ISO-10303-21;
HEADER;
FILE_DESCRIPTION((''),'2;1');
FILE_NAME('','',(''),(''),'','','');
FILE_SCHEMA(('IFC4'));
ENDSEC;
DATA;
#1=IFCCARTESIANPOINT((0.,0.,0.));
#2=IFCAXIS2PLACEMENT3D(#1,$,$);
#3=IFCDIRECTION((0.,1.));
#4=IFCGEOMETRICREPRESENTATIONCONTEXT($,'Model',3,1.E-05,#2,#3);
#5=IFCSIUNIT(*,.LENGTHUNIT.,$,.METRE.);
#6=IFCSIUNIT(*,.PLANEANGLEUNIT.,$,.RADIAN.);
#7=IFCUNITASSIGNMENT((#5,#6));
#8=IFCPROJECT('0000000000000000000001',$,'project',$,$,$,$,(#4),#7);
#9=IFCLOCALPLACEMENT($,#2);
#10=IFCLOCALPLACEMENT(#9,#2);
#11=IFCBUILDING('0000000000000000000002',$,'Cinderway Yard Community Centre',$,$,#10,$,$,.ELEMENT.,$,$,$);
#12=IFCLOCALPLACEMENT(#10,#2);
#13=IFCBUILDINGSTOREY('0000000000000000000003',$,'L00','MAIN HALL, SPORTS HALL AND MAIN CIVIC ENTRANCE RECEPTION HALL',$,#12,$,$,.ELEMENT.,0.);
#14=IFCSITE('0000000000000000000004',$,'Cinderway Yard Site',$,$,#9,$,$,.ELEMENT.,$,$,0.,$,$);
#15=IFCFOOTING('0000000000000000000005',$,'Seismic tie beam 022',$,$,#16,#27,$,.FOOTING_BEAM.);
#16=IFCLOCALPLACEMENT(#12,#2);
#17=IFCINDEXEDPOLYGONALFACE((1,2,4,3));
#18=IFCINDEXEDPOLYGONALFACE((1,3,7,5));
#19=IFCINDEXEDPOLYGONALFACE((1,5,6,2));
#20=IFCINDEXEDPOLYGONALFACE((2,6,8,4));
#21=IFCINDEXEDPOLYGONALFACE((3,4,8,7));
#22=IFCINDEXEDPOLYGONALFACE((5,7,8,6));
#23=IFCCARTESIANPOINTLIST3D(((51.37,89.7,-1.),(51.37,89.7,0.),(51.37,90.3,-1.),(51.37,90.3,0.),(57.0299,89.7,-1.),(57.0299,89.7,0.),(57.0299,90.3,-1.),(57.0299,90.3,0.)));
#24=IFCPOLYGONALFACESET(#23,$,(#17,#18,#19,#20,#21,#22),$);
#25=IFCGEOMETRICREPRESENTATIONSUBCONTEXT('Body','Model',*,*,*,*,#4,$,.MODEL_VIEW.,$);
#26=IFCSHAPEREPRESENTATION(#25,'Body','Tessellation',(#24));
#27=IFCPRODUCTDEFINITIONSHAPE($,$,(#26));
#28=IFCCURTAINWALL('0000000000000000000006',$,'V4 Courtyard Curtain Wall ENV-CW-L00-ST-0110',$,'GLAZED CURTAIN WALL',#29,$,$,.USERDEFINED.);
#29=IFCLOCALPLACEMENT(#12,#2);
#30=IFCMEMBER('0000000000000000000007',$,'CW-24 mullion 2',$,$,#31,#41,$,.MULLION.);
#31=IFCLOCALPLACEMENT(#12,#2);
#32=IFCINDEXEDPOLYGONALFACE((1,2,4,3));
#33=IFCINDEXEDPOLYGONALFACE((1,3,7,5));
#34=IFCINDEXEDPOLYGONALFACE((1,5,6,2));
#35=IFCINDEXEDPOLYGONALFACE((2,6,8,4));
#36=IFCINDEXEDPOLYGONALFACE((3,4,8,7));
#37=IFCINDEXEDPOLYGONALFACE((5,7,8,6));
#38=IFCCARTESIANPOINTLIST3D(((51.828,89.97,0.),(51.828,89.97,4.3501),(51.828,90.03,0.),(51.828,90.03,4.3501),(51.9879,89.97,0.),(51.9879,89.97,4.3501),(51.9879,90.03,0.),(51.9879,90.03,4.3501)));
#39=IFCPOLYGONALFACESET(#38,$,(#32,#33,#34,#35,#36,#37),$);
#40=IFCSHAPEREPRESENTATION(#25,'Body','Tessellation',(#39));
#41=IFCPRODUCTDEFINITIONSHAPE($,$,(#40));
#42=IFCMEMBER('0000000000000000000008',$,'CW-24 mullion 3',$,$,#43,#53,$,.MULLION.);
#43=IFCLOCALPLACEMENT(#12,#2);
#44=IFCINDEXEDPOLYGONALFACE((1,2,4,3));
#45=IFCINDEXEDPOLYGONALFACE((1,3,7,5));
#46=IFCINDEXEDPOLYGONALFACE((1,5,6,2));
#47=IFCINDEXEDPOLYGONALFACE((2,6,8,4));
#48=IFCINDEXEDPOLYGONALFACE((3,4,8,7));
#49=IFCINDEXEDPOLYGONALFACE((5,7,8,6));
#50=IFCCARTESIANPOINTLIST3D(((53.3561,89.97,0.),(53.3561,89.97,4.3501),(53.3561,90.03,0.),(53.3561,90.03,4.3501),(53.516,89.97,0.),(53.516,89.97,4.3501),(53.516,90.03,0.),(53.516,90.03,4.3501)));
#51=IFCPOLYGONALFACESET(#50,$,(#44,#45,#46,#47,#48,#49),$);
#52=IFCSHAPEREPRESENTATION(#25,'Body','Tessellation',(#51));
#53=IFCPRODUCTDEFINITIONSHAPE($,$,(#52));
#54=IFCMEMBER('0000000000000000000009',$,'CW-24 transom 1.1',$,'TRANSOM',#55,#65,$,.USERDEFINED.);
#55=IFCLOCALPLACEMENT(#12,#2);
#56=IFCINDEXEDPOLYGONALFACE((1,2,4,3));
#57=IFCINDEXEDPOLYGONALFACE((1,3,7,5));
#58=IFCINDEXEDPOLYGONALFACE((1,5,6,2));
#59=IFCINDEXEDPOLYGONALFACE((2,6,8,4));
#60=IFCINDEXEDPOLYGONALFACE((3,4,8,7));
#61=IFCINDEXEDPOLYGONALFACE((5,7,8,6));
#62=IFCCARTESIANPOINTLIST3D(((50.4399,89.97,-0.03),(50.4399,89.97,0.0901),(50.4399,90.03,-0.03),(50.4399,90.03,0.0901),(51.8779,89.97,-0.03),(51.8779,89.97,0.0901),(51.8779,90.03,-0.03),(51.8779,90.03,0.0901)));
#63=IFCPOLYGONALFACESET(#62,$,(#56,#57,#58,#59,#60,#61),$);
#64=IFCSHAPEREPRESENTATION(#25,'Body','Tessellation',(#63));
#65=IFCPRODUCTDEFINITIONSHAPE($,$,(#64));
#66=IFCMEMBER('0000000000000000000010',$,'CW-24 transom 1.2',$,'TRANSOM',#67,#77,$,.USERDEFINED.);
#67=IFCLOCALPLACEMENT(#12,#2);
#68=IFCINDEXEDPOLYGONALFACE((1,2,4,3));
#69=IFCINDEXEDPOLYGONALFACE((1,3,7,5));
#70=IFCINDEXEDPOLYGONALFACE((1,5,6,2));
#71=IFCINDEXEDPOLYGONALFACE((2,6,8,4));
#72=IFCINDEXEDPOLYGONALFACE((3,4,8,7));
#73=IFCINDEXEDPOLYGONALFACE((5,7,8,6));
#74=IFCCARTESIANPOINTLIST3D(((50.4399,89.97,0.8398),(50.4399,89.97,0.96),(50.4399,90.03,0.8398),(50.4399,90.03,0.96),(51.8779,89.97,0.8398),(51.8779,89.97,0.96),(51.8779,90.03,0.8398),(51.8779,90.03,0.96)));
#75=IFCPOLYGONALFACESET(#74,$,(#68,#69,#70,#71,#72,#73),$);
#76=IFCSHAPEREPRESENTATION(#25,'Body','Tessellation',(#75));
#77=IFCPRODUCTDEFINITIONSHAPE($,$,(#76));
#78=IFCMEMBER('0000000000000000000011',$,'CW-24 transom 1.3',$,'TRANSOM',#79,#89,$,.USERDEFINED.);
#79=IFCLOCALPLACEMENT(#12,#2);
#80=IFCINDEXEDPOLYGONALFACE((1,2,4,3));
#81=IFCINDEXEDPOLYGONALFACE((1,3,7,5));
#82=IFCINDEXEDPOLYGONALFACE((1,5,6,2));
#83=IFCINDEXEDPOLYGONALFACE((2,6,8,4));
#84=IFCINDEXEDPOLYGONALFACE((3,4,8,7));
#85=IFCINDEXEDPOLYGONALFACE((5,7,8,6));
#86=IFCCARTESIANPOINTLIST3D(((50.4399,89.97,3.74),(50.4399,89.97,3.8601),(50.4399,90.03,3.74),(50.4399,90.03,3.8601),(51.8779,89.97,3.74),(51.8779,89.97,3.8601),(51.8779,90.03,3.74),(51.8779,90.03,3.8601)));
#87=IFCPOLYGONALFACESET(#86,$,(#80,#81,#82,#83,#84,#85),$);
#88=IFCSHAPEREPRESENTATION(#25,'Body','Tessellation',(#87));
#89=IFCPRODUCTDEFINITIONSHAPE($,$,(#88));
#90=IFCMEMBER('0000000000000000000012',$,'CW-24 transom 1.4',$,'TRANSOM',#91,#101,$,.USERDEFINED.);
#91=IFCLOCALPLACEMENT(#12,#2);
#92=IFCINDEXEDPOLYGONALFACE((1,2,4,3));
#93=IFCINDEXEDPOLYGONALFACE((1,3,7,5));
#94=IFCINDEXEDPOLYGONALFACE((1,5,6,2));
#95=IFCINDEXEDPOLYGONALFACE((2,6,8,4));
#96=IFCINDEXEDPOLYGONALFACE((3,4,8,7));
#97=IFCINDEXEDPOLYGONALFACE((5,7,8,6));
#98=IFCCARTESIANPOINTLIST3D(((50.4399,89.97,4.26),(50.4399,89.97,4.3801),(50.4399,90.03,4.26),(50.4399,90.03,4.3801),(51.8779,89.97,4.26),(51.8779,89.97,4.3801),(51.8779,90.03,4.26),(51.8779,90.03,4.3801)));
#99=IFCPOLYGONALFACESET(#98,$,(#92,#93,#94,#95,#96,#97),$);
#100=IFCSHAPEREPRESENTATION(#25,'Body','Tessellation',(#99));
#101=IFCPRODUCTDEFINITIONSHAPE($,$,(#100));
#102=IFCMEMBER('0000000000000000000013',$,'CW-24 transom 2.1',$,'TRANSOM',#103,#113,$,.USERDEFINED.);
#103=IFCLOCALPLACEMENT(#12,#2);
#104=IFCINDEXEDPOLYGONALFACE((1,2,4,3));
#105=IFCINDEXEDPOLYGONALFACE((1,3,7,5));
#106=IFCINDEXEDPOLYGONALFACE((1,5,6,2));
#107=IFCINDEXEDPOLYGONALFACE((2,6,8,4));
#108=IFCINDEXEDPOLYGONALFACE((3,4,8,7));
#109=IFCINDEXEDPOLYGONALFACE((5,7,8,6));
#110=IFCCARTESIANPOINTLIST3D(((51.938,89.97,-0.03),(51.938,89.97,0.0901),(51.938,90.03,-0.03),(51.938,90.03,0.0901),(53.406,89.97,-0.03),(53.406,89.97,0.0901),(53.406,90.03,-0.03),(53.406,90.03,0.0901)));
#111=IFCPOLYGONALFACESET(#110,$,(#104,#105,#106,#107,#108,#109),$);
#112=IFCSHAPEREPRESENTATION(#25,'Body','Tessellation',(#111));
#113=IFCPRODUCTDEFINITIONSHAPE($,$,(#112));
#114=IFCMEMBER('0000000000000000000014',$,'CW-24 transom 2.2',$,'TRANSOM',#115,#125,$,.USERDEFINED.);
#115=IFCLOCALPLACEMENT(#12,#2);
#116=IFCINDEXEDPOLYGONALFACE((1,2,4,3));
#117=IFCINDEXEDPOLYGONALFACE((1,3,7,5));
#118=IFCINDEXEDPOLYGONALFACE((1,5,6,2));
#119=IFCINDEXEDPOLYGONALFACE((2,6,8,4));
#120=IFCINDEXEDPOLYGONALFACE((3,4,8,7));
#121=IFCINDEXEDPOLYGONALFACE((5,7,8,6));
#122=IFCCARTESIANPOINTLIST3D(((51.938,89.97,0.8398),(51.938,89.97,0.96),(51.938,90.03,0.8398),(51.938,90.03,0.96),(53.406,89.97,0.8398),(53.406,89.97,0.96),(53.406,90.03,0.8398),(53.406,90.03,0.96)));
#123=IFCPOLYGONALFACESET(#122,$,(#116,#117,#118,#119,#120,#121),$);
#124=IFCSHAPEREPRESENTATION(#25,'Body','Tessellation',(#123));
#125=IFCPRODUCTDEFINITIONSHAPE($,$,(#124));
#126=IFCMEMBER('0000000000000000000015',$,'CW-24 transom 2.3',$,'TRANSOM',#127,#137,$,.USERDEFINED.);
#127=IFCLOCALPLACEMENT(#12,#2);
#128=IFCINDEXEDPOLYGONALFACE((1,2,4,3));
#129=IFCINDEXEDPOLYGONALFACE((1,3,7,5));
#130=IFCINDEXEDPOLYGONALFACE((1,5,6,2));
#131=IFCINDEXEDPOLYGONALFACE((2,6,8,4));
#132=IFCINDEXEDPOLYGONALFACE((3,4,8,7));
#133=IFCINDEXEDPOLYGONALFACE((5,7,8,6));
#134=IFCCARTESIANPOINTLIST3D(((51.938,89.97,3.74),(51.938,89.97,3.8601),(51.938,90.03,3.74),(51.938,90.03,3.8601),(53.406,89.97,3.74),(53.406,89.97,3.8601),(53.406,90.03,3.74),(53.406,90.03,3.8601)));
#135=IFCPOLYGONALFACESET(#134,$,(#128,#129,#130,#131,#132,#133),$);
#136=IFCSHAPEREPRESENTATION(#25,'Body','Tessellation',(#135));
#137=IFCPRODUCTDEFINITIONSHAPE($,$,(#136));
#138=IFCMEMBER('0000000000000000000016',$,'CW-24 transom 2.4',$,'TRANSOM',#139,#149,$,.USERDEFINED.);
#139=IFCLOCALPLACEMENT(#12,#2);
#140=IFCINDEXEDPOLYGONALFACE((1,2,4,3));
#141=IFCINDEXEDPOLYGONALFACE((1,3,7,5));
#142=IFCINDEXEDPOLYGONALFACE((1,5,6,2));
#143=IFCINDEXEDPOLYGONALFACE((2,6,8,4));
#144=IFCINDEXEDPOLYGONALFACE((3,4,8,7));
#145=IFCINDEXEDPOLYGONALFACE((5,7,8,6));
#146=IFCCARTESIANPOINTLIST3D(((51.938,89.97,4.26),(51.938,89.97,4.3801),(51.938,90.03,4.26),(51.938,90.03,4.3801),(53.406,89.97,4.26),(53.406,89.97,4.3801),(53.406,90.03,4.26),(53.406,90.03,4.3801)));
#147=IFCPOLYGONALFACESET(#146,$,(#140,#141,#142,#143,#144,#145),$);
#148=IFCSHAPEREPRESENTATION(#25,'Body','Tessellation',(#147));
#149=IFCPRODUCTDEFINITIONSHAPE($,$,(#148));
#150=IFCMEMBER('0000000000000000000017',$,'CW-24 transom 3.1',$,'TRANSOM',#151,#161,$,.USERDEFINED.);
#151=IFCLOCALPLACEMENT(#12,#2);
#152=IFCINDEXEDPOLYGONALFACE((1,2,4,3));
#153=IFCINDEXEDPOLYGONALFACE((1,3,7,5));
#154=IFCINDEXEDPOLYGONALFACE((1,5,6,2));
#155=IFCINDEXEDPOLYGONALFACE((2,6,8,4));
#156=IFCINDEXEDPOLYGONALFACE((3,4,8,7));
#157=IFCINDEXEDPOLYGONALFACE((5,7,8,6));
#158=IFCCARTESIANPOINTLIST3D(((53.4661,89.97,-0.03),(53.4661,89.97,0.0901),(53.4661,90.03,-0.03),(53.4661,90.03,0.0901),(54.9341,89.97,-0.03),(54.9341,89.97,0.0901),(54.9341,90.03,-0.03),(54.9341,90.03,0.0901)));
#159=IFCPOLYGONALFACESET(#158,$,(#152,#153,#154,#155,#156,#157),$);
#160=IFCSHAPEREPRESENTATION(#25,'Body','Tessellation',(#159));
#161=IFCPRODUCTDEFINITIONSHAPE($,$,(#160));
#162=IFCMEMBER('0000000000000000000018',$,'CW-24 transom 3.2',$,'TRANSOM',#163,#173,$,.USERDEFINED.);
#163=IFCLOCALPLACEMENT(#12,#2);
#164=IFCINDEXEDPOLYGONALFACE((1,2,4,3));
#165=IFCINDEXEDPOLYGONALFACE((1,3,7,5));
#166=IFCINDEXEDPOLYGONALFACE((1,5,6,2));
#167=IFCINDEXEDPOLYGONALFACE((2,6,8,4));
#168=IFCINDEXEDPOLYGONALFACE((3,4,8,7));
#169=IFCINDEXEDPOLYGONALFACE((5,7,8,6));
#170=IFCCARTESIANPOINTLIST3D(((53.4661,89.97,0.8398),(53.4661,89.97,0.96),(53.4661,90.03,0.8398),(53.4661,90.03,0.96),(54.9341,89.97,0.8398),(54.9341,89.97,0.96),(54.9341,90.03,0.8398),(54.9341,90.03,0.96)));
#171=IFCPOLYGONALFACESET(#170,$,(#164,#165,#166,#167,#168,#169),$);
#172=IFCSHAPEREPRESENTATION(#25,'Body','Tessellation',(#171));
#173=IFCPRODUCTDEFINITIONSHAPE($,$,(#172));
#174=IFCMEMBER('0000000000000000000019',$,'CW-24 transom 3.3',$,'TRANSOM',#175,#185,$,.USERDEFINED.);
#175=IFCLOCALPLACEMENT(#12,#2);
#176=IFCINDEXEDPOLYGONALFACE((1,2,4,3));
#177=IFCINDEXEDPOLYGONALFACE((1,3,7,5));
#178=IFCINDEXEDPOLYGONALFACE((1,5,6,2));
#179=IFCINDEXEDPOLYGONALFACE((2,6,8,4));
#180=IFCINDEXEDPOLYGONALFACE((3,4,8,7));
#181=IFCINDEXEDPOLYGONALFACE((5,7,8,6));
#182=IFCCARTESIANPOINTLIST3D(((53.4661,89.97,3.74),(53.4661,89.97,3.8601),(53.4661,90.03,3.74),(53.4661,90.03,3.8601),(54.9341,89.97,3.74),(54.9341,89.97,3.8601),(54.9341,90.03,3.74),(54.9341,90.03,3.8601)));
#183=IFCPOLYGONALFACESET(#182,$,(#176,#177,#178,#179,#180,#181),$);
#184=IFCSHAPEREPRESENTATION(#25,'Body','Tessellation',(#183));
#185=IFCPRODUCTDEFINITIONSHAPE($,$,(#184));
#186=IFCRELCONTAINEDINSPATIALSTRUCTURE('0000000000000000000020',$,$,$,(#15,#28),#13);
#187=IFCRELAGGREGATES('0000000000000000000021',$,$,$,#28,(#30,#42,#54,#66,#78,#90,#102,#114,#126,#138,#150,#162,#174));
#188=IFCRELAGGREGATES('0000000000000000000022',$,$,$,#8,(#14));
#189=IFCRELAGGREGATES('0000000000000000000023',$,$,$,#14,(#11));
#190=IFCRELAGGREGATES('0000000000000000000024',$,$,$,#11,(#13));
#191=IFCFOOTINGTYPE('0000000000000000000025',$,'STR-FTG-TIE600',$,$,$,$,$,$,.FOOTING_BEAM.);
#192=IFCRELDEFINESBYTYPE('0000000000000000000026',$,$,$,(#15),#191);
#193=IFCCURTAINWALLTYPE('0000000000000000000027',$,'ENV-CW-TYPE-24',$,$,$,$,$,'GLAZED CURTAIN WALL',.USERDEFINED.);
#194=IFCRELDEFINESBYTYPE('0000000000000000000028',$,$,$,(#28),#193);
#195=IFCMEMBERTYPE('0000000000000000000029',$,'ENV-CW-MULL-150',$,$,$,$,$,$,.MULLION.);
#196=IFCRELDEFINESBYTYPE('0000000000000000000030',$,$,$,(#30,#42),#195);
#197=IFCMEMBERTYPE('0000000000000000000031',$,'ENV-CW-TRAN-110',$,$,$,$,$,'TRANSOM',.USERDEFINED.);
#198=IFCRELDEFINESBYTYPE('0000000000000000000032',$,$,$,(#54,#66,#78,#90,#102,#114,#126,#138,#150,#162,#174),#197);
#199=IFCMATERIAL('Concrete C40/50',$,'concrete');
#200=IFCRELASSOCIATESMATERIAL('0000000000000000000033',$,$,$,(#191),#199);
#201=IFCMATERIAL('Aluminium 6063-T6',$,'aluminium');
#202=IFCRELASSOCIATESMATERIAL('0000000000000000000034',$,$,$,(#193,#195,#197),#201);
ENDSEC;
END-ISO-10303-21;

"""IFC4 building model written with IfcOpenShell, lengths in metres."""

from ifc_helpers import new_model, si_unit, direction, frame, origin, origin_2d, place, context, subcontext, project, spatial, rectangle, extrude, material, material_profile, profile_set, type_object, element, aggregate, save


model = new_model("IFC4")

# Units and contexts
model_context = context("Model", 3, precision=1e-05, world=origin(), true_north=direction((0.0, 1.0)))
body_context = subcontext(model_context, "Body", "Model", "MODEL_VIEW")
ifc_project = project(units=[si_unit("LENGTHUNIT", "METRE"), si_unit("PLANEANGLEUNIT", "RADIAN")], contexts=[model_context])

# Site, building, storey
site_placement = place(None, origin())
site = spatial("IfcSite", under=ifc_project, at=site_placement, Name="Cinderway Yard Site", CompositionType="ELEMENT", RefElevation=0.0)
building_placement = place(site_placement, origin())
building = spatial("IfcBuilding", under=site, at=building_placement, Name="Cinderway Yard Community Centre", CompositionType="ELEMENT")
storey_placement = place(building_placement, origin())
storey = spatial("IfcBuildingStorey", under=building, at=storey_placement, Name="L00", Description="MAIN HALL, SPORTS HALL AND MAIN CIVIC ENTRANCE RECEPTION HALL", CompositionType="ELEMENT", Elevation=0.0)

# Footing
ifc_material_1 = material(Name="Concrete C40/50", Category="concrete")
footing_type = type_object("IfcFootingType", Name="STR-FTG-TIE600", PredefinedType="FOOTING_BEAM", material=ifc_material_1)
footing_placement = place(storey_placement, frame((54.2, 90.0, -1.0), z_axis=(0.0, 0.0, 1.0), x_axis=(1.0, 0.0, 0.0)))
element("IfcFooting", 1, at=footing_placement, inside=storey, type_object=footing_type, Name="Seismic tie beam 022", PredefinedType="FOOTING_BEAM", context=body_context, shape_type="SweptSolid", body=[
    extrude(rectangle(XDim=5.6599, YDim=0.6001, at=origin_2d()), origin(), (0.0, 0.0, 1.0), 1.0),
])

# Curtain wall, members
ifc_material_2 = material(Name="Aluminium 6063-T6", Category="aluminium")
curtain_wall_type = type_object("IfcCurtainWallType", Name="ENV-CW-TYPE-24", ElementType="GLAZED CURTAIN WALL", PredefinedType="USERDEFINED", material=ifc_material_2)
curtain_wall_placement = place(storey_placement, origin())
curtain_wall = element("IfcCurtainWall", 2, at=curtain_wall_placement, inside=storey, type_object=curtain_wall_type, Name="V4 Courtyard Curtain Wall ENV-CW-L00-ST-0110", ObjectType="GLAZED CURTAIN WALL", PredefinedType="USERDEFINED")
ifc_material_profile_1 = material_profile(ifc_material_2, rectangle(XDim=0.0601, YDim=0.1599, at=origin_2d()), Name="Aluminium 6063-T6")
ifc_profile_set_1 = profile_set([ifc_material_profile_1], Name="Aluminium 6063-T6")
member_type_1 = type_object("IfcMemberType", Name="ENV-CW-MULL-150", PredefinedType="MULLION", material=ifc_profile_set_1)
member_1_placement = place(storey_placement, frame((51.908, 90.0, 0.0), z_axis=(0.0, 0.0, 1.0), x_axis=(0.0, 1.0, 0.0)))
member_1 = element("IfcMember", 3, at=member_1_placement, type_object=member_type_1, Name="CW-24 mullion 2", PredefinedType="MULLION", context=body_context, shape_type="SweptSolid", body=[
    extrude(rectangle(XDim=0.0601, YDim=0.1599, at=origin_2d()), origin(), (0.0, 0.0, 1.0), 4.3501),
])
member_2_placement = place(storey_placement, frame((53.436, 90.0, 0.0), z_axis=(0.0, 0.0, 1.0), x_axis=(0.0, 1.0, 0.0)))
member_2 = element("IfcMember", 4, at=member_2_placement, type_object=member_type_1, Name="CW-24 mullion 3", PredefinedType="MULLION", context=body_context, shape_type="SweptSolid", body=[
    extrude(rectangle(XDim=0.0601, YDim=0.1599, at=origin_2d()), origin(), (0.0, 0.0, 1.0), 4.3501),
])
ifc_material_profile_2 = material_profile(ifc_material_2, rectangle(XDim=0.0601, YDim=0.1201, at=origin_2d()), Name="Aluminium 6063-T6")
ifc_profile_set_2 = profile_set([ifc_material_profile_2], Name="Aluminium 6063-T6")
member_type_2 = type_object("IfcMemberType", Name="ENV-CW-TRAN-110", ElementType="TRANSOM", PredefinedType="USERDEFINED", material=ifc_profile_set_2)
member_3_placement = place(storey_placement, frame((50.4399, 90.0, 0.03), z_axis=(1.0, 0.0, 0.0), x_axis=(0.0, 1.0, 0.0)))
member_3 = element("IfcMember", 5, at=member_3_placement, type_object=member_type_2, Name="CW-24 transom 1.1", ObjectType="TRANSOM", PredefinedType="USERDEFINED", context=body_context, shape_type="SweptSolid", body=[
    extrude(rectangle(XDim=0.0601, YDim=0.1201, at=origin_2d()), origin(), (0.0, 0.0, 1.0), 1.438),
])
member_4_placement = place(storey_placement, frame((50.4399, 90.0, 0.8999), z_axis=(1.0, 0.0, 0.0), x_axis=(0.0, 1.0, 0.0)))
member_4 = element("IfcMember", 6, at=member_4_placement, type_object=member_type_2, Name="CW-24 transom 1.2", ObjectType="TRANSOM", PredefinedType="USERDEFINED", context=body_context, shape_type="SweptSolid", body=[
    extrude(rectangle(XDim=0.0601, YDim=0.1201, at=origin_2d()), origin(), (0.0, 0.0, 1.0), 1.438),
])
member_5_placement = place(storey_placement, frame((50.4399, 90.0, 3.8), z_axis=(1.0, 0.0, 0.0), x_axis=(0.0, 1.0, 0.0)))
member_5 = element("IfcMember", 7, at=member_5_placement, type_object=member_type_2, Name="CW-24 transom 1.3", ObjectType="TRANSOM", PredefinedType="USERDEFINED", context=body_context, shape_type="SweptSolid", body=[
    extrude(rectangle(XDim=0.0601, YDim=0.1201, at=origin_2d()), origin(), (0.0, 0.0, 1.0), 1.438),
])
member_6_placement = place(storey_placement, frame((50.4399, 90.0, 4.3201), z_axis=(1.0, 0.0, 0.0), x_axis=(0.0, 1.0, 0.0)))
member_6 = element("IfcMember", 8, at=member_6_placement, type_object=member_type_2, Name="CW-24 transom 1.4", ObjectType="TRANSOM", PredefinedType="USERDEFINED", context=body_context, shape_type="SweptSolid", body=[
    extrude(rectangle(XDim=0.0601, YDim=0.1201, at=origin_2d()), origin(), (0.0, 0.0, 1.0), 1.438),
])
member_7_placement = place(storey_placement, frame((51.938, 90.0, 0.03), z_axis=(1.0, 0.0, 0.0), x_axis=(0.0, 1.0, 0.0)))
member_7 = element("IfcMember", 9, at=member_7_placement, type_object=member_type_2, Name="CW-24 transom 2.1", ObjectType="TRANSOM", PredefinedType="USERDEFINED", context=body_context, shape_type="SweptSolid", body=[
    extrude(rectangle(XDim=0.0601, YDim=0.1201, at=origin_2d()), origin(), (0.0, 0.0, 1.0), 1.468),
])
member_8_placement = place(storey_placement, frame((51.938, 90.0, 0.8999), z_axis=(1.0, 0.0, 0.0), x_axis=(0.0, 1.0, 0.0)))
member_8 = element("IfcMember", 10, at=member_8_placement, type_object=member_type_2, Name="CW-24 transom 2.2", ObjectType="TRANSOM", PredefinedType="USERDEFINED", context=body_context, shape_type="SweptSolid", body=[
    extrude(rectangle(XDim=0.0601, YDim=0.1201, at=origin_2d()), origin(), (0.0, 0.0, 1.0), 1.468),
])
member_9_placement = place(storey_placement, frame((51.938, 90.0, 3.8), z_axis=(1.0, 0.0, 0.0), x_axis=(0.0, 1.0, 0.0)))
member_9 = element("IfcMember", 11, at=member_9_placement, type_object=member_type_2, Name="CW-24 transom 2.3", ObjectType="TRANSOM", PredefinedType="USERDEFINED", context=body_context, shape_type="SweptSolid", body=[
    extrude(rectangle(XDim=0.0601, YDim=0.1201, at=origin_2d()), origin(), (0.0, 0.0, 1.0), 1.468),
])
member_10_placement = place(storey_placement, frame((51.938, 90.0, 4.3201), z_axis=(1.0, 0.0, 0.0), x_axis=(0.0, 1.0, 0.0)))
member_10 = element("IfcMember", 12, at=member_10_placement, type_object=member_type_2, Name="CW-24 transom 2.4", ObjectType="TRANSOM", PredefinedType="USERDEFINED", context=body_context, shape_type="SweptSolid", body=[
    extrude(rectangle(XDim=0.0601, YDim=0.1201, at=origin_2d()), origin(), (0.0, 0.0, 1.0), 1.468),
])
member_11_placement = place(storey_placement, frame((53.4661, 90.0, 0.03), z_axis=(1.0, 0.0, 0.0), x_axis=(0.0, 1.0, 0.0)))
member_11 = element("IfcMember", 13, at=member_11_placement, type_object=member_type_2, Name="CW-24 transom 3.1", ObjectType="TRANSOM", PredefinedType="USERDEFINED", context=body_context, shape_type="SweptSolid", body=[
    extrude(rectangle(XDim=0.0601, YDim=0.1201, at=origin_2d()), origin(), (0.0, 0.0, 1.0), 1.468),
])
member_12_placement = place(storey_placement, frame((53.4661, 90.0, 0.8999), z_axis=(1.0, 0.0, 0.0), x_axis=(0.0, 1.0, 0.0)))
member_12 = element("IfcMember", 14, at=member_12_placement, type_object=member_type_2, Name="CW-24 transom 3.2", ObjectType="TRANSOM", PredefinedType="USERDEFINED", context=body_context, shape_type="SweptSolid", body=[
    extrude(rectangle(XDim=0.0601, YDim=0.1201, at=origin_2d()), origin(), (0.0, 0.0, 1.0), 1.468),
])
member_13_placement = place(storey_placement, frame((53.4661, 90.0, 3.8), z_axis=(1.0, 0.0, 0.0), x_axis=(0.0, 1.0, 0.0)))
member_13 = element("IfcMember", 15, at=member_13_placement, type_object=member_type_2, Name="CW-24 transom 3.3", ObjectType="TRANSOM", PredefinedType="USERDEFINED", context=body_context, shape_type="SweptSolid", body=[
    extrude(rectangle(XDim=0.0601, YDim=0.1201, at=origin_2d()), origin(), (0.0, 0.0, 1.0), 1.468),
])
aggregate(curtain_wall, [member_1, member_2, member_3, member_4, member_5, member_6, member_7, member_8, member_9, member_10, member_11, member_12, member_13])

save(model, "model.ifc")
